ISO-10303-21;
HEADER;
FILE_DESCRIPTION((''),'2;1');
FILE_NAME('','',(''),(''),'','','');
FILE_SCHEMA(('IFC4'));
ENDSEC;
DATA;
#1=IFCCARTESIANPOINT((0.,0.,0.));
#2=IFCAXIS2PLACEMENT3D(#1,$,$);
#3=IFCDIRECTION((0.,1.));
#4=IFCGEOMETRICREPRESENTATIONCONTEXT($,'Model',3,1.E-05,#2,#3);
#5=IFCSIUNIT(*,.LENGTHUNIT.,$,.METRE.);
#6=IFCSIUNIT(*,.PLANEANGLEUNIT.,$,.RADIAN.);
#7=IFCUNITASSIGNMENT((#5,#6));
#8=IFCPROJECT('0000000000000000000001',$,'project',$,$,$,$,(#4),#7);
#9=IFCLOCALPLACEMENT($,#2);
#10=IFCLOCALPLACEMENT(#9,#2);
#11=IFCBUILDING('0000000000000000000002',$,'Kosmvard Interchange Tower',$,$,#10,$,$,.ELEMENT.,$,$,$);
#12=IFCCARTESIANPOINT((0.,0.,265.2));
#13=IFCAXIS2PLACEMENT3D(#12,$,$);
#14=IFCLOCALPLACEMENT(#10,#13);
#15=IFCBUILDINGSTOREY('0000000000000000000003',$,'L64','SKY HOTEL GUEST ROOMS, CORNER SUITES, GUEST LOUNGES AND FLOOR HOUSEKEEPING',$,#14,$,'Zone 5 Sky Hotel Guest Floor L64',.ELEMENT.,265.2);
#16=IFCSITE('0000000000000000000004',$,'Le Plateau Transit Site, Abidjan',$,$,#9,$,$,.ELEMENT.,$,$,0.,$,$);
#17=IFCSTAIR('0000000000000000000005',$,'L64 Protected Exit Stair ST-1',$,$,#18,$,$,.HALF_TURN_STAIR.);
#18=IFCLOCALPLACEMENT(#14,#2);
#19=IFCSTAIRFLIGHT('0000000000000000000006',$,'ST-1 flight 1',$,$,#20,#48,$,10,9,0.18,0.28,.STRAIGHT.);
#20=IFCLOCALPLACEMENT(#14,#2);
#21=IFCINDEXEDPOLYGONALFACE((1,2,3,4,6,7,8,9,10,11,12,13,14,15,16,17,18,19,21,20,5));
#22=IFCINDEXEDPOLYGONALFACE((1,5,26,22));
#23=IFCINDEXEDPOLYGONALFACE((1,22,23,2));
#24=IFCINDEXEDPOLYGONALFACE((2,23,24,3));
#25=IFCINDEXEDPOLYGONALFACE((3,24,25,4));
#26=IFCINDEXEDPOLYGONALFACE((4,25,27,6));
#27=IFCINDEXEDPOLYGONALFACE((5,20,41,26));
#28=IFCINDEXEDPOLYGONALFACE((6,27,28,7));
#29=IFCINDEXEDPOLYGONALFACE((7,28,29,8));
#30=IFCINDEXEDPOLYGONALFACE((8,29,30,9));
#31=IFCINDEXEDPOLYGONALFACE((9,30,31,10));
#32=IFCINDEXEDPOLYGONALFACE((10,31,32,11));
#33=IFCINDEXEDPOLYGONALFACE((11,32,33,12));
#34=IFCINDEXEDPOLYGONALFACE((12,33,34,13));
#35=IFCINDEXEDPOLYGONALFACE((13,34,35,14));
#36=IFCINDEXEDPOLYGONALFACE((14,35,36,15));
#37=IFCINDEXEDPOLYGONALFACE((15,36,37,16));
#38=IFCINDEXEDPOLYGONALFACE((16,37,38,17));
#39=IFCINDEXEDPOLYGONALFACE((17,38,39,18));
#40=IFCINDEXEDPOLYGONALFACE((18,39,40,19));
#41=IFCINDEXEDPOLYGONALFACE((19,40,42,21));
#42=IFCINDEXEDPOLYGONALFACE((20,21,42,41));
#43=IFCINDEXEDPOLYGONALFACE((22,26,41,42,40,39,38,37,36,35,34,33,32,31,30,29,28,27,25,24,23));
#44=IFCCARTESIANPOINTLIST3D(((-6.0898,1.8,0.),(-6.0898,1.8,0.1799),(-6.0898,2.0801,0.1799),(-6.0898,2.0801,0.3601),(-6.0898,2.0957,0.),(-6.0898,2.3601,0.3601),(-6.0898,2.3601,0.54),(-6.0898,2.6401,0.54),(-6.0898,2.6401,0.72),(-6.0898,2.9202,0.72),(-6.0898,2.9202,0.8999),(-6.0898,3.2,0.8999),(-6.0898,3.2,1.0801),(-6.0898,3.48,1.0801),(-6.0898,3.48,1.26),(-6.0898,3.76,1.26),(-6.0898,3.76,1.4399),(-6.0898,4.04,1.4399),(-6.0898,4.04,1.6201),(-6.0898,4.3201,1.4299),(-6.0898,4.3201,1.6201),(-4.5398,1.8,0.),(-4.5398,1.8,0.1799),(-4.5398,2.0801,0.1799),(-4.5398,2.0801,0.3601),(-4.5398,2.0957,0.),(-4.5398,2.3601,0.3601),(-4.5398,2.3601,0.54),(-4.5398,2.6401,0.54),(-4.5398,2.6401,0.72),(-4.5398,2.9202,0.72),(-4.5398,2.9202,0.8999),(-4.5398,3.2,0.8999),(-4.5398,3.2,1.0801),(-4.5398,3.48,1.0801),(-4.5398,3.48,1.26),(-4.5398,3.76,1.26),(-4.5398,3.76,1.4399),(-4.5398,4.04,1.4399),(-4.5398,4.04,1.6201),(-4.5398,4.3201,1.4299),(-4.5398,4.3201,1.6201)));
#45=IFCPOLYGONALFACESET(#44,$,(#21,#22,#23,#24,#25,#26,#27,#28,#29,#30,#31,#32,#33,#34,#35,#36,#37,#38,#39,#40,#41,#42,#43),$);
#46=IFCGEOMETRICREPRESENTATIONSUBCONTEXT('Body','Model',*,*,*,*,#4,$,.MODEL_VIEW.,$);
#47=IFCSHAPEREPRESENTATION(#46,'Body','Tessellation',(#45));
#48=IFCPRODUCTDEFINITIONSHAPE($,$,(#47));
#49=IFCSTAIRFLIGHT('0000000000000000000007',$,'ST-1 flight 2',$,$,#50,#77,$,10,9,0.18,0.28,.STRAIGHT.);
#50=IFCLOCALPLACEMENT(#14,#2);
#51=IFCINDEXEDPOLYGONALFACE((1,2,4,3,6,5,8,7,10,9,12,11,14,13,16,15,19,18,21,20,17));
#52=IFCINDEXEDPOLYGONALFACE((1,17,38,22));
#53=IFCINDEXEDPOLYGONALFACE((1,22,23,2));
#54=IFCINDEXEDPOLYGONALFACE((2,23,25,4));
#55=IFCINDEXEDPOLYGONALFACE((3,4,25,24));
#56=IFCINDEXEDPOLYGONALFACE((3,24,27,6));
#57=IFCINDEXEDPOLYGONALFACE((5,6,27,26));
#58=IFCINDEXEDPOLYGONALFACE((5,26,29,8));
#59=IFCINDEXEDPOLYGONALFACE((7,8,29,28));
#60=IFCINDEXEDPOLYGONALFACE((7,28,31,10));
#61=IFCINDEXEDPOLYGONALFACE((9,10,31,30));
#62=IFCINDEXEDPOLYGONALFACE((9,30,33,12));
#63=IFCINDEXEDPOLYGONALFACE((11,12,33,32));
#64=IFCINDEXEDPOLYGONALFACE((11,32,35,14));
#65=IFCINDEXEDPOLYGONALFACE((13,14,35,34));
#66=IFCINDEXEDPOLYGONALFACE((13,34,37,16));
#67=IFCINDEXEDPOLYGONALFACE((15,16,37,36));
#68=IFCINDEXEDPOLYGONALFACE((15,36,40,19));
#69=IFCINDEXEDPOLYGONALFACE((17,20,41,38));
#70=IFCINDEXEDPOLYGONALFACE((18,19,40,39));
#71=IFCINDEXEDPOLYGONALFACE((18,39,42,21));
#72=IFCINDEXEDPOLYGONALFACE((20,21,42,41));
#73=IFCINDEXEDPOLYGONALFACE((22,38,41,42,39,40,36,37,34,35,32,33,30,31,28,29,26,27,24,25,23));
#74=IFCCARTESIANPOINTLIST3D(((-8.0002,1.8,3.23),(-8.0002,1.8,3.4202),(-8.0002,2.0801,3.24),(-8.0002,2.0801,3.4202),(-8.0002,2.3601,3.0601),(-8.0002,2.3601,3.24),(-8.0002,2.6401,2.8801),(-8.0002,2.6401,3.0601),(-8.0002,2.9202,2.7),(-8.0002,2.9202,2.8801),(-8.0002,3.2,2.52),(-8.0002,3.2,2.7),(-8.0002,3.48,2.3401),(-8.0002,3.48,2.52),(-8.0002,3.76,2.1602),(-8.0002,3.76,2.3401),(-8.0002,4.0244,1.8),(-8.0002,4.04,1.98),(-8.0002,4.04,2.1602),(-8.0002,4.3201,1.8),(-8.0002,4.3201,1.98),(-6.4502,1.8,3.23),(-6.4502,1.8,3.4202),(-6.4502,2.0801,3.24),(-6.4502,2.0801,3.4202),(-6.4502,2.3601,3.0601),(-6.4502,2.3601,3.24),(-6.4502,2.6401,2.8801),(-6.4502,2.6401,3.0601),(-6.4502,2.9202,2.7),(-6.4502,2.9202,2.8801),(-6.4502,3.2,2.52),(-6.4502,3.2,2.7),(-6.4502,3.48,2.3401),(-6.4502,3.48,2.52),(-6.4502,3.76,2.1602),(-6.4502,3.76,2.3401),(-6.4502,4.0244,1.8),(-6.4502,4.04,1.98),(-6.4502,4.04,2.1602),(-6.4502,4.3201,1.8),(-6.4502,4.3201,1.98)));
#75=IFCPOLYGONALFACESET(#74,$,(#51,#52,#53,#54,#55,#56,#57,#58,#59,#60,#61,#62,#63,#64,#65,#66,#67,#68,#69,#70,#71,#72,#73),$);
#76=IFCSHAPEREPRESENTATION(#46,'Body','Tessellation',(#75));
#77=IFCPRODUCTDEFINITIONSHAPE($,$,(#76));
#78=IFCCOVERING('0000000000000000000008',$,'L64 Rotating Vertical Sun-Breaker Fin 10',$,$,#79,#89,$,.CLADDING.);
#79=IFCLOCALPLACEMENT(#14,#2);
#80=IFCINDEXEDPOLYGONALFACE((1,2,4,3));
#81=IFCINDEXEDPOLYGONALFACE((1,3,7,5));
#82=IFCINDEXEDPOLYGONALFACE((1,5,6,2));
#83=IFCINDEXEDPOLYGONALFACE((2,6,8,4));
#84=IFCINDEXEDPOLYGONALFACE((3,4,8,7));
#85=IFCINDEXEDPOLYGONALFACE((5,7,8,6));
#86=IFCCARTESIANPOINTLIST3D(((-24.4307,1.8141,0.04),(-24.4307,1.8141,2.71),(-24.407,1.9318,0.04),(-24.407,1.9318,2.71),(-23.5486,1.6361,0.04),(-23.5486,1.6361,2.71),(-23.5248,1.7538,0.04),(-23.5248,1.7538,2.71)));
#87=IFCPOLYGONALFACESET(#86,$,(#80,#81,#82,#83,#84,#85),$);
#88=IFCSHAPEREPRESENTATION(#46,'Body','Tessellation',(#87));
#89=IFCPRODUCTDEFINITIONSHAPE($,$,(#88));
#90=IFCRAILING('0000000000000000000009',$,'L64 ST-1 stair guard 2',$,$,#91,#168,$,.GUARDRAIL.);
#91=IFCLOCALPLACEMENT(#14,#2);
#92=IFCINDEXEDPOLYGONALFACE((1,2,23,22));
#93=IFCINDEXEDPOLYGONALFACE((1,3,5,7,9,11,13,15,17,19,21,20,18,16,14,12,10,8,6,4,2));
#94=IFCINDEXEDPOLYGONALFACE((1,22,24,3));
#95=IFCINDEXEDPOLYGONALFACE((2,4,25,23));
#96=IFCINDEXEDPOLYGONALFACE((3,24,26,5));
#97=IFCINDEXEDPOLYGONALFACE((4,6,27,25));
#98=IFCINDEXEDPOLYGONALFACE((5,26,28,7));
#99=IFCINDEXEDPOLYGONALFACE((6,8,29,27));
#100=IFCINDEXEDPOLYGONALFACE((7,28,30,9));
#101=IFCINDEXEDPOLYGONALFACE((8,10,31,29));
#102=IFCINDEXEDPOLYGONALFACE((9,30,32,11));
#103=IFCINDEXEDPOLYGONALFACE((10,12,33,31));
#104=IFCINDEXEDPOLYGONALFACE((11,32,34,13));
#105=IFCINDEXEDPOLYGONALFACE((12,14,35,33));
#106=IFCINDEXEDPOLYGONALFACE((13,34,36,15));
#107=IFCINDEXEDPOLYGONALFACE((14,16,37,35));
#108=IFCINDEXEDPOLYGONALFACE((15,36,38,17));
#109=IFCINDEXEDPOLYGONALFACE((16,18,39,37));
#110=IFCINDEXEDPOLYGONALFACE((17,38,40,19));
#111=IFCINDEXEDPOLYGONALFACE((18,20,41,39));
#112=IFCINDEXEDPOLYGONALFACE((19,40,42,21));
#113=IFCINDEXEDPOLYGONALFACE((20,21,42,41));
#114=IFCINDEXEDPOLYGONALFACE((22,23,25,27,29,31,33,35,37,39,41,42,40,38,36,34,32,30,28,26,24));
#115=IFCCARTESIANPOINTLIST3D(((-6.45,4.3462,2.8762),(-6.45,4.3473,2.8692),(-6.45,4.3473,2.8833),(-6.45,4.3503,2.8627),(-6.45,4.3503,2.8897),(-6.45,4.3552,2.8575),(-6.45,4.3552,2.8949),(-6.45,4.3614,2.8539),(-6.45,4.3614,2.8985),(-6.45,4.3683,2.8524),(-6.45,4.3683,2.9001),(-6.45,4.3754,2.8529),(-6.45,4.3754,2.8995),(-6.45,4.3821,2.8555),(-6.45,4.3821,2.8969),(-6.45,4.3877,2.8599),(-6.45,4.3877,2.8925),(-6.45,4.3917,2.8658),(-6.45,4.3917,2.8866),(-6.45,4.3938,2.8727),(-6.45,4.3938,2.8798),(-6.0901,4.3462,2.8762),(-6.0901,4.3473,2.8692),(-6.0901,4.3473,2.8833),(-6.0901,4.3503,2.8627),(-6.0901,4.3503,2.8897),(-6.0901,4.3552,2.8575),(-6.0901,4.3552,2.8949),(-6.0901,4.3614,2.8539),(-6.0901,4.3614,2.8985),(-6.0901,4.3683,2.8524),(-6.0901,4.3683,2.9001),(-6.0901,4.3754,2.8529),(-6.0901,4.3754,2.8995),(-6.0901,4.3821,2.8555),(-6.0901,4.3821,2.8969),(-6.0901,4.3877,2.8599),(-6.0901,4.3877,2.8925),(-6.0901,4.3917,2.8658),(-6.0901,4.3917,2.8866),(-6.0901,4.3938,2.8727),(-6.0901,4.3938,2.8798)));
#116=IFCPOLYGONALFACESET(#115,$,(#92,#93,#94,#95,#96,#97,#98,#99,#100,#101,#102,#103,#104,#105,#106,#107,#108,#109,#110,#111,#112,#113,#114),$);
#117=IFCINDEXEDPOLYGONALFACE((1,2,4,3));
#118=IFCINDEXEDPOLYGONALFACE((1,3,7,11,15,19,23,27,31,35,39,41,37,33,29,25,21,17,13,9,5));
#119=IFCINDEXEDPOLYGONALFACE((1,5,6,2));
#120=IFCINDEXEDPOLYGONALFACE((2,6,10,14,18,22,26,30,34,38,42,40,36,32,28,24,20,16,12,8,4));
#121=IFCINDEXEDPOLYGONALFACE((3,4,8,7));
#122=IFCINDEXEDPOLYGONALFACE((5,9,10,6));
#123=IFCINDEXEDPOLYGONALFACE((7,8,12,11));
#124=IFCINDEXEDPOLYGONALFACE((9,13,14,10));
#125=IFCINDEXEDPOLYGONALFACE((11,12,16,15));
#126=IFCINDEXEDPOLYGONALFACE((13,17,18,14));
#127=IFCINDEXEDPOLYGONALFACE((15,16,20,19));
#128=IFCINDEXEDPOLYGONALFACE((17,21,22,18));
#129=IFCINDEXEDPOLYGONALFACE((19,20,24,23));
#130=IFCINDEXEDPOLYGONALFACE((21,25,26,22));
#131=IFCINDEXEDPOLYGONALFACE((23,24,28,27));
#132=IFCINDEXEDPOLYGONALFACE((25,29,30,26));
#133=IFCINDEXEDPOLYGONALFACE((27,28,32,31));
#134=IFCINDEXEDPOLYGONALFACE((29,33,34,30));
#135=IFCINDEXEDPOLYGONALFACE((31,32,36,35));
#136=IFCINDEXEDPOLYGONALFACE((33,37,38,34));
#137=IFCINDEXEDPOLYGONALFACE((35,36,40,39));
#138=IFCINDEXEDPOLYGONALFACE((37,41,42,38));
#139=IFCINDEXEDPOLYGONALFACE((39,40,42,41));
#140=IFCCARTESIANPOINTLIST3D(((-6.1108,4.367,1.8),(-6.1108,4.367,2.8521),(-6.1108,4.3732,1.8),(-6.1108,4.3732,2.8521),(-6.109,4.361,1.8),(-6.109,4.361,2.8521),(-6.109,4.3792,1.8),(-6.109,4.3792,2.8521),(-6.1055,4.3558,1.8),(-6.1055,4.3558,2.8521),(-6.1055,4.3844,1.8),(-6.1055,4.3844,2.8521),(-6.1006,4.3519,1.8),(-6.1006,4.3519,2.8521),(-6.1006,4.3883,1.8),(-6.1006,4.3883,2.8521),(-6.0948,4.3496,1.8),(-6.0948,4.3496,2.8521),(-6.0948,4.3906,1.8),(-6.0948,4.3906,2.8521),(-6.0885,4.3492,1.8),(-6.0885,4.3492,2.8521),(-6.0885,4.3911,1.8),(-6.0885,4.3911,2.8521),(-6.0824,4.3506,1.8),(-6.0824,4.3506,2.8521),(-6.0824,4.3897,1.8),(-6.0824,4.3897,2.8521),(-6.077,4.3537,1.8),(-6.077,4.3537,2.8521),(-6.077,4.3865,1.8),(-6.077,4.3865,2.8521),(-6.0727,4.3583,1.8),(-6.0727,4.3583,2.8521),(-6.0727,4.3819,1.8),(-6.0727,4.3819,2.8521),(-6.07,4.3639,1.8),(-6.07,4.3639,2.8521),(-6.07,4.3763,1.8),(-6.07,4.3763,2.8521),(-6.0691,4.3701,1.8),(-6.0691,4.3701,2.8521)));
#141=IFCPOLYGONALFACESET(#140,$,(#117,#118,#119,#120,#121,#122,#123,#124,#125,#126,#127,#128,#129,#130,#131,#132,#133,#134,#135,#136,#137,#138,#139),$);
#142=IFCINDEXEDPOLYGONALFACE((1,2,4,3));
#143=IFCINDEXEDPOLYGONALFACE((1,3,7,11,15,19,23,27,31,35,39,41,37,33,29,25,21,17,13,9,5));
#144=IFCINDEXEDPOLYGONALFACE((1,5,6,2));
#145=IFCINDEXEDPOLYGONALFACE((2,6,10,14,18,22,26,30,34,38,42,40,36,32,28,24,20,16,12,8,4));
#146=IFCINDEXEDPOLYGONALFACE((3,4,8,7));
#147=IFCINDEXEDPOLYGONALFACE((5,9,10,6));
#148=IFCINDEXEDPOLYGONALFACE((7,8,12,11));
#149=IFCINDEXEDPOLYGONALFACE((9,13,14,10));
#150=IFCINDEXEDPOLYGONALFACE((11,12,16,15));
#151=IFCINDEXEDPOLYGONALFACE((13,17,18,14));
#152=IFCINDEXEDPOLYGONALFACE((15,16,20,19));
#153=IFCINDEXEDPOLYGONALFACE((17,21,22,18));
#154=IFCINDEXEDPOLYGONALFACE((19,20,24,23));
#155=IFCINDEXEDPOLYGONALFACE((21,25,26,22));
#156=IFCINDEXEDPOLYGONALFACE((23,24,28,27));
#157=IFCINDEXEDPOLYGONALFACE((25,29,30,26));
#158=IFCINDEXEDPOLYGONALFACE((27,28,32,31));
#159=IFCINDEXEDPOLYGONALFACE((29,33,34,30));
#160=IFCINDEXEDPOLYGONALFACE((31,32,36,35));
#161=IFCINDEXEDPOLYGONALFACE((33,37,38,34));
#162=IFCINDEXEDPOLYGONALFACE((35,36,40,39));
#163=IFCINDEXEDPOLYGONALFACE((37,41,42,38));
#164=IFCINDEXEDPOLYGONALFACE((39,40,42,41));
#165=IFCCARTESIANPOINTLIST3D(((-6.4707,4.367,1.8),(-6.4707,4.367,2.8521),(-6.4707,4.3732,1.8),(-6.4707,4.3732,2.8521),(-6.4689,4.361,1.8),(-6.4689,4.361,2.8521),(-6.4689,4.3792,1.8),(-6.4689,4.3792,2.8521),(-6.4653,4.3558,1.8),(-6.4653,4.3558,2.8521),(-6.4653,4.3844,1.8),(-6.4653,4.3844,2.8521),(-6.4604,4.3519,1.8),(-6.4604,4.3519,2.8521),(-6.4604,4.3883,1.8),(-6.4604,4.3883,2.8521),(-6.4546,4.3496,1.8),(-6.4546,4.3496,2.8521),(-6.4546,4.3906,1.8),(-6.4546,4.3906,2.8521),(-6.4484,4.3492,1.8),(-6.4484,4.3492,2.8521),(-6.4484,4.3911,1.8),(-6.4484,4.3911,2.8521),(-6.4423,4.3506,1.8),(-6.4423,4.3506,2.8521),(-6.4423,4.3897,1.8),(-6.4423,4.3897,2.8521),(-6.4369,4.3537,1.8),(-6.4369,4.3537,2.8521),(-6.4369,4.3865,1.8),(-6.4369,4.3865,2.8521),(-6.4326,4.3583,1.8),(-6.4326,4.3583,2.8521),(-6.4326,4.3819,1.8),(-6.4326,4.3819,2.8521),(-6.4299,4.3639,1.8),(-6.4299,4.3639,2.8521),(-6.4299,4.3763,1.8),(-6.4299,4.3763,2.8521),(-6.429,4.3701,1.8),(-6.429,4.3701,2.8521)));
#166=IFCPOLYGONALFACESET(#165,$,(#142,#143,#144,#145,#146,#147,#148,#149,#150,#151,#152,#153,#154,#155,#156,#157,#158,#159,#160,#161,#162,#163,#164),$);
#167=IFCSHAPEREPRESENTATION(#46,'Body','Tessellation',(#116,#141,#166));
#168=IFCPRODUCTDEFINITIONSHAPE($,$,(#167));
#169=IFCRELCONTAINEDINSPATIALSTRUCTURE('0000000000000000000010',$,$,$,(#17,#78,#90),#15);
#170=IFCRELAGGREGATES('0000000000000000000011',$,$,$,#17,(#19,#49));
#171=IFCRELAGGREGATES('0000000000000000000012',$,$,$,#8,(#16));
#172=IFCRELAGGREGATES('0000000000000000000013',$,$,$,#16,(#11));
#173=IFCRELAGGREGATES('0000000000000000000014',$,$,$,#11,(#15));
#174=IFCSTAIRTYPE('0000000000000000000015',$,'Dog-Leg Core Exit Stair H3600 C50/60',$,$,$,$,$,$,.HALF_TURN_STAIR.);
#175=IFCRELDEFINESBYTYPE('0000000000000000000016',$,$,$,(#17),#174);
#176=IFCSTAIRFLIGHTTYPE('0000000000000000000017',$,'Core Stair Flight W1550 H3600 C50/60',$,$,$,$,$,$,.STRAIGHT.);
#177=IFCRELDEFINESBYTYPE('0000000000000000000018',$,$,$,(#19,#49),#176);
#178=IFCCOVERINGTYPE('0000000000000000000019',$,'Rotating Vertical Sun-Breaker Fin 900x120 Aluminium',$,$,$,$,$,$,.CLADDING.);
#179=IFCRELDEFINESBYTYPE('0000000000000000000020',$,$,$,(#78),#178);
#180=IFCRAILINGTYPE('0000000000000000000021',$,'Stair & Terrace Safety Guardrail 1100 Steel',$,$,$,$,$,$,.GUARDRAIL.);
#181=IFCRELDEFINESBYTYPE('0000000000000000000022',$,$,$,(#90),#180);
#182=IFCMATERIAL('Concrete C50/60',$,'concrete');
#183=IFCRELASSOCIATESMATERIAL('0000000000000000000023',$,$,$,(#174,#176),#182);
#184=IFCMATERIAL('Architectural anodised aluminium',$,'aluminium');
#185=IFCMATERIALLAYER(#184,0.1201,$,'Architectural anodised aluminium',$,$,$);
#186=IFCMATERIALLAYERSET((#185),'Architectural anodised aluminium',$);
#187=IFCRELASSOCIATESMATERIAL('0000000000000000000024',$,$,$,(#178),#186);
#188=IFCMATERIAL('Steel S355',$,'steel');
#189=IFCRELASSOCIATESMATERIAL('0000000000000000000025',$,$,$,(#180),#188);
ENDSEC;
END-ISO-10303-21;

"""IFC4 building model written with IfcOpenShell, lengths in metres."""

from ifc_helpers import new_model, si_unit, direction, frame, origin, origin_2d, place, context, subcontext, project, spatial, polyline, rectangle, circle, outline, extrude, source, transform, mapped, material, layer, layer_set, type_object, element, aggregate, save


model = new_model("IFC4")

# Units and contexts
model_context = context("Model", 3, precision=1e-05, world=origin(), true_north=direction((0.0, 1.0)))
body_context = subcontext(model_context, "Body", "Model", "MODEL_VIEW")
ifc_project = project(units=[si_unit("LENGTHUNIT", "METRE"), si_unit("PLANEANGLEUNIT", "RADIAN")], contexts=[model_context])

# Site, building, storey
site_placement = place(None, origin())
site = spatial("IfcSite", under=ifc_project, at=site_placement, Name="Le Plateau Transit Site, Abidjan", CompositionType="ELEMENT", RefElevation=0.0)
building_placement = place(site_placement, origin())
building = spatial("IfcBuilding", under=site, at=building_placement, Name="Kosmvard Interchange Tower", CompositionType="ELEMENT")
storey_placement = place(building_placement, frame((0.0, 0.0, 265.2)))
storey = spatial("IfcBuildingStorey", under=building, at=storey_placement, Name="L64", Description="SKY HOTEL GUEST ROOMS, CORNER SUITES, GUEST LOUNGES AND FLOOR HOUSEKEEPING", LongName="Zone 5 Sky Hotel Guest Floor L64", CompositionType="ELEMENT", Elevation=265.2)

# Shared definitions
ifc_material_1 = material(Name="Concrete C50/60", Category="concrete")

# Shared definitions
ifc_material_2 = material(Name="Steel S355", Category="steel")

# Stair, stair flights
stair_type = type_object("IfcStairType", Name="Dog-Leg Core Exit Stair H3600 C50/60", PredefinedType="HALF_TURN_STAIR", material=ifc_material_1)
stair_placement = place(storey_placement, origin())
stair = element("IfcStair", 1, at=stair_placement, inside=storey, type_object=stair_type, Name="L64 Protected Exit Stair ST-1", PredefinedType="HALF_TURN_STAIR")
stair_flight_type = type_object("IfcStairFlightType", Name="Core Stair Flight W1550 H3600 C50/60", PredefinedType="STRAIGHT", material=ifc_material_1)
shared_shape_1 = source(origin(), body_context, "Body", "SweptSolid", [
    extrude(outline(polyline([(0.0, 0.0), (0.0, 0.1799), (0.28, 0.1799), (0.28, 0.3601), (0.5601, 0.3601), (0.5601, 0.54), (0.8401, 0.54), (0.8401, 0.72), (1.1201, 0.72), (1.1201, 0.8999), (1.3999, 0.8999), (1.3999, 1.0801), (1.6799, 1.0801), (1.6799, 1.26), (1.96, 1.26), (1.96, 1.4399), (2.24, 1.4399), (2.24, 1.6201), (2.52, 1.6201), (2.52, 1.8), (2.52, 1.4299), (0.2957, 0.0), (0.0, 0.0)])), frame((0.0, 0.7749, 0.0), z_axis=(0.0, -1.0, 0.0), x_axis=(1.0, 0.0, 0.0)), (0.0, 0.0, 1.0), 1.55),
])
stair_flight_1_placement = place(storey_placement, frame((-5.3149, 1.8, 0.0), z_axis=(0.0, 0.0, 1.0), x_axis=(0.0, 1.0, 0.0)))
stair_flight_1 = element("IfcStairFlight", 2, at=stair_flight_1_placement, type_object=stair_flight_type, Name="ST-1 flight 1", NumberOfRisers=10, NumberOfTreads=9, PredefinedType="STRAIGHT", RiserHeight=0.18, TreadLength=0.28, context=body_context, shape_type="MappedRepresentation", body=[
    mapped(shared_shape_1, transform((0.0, 0.0, 0.0), scale=1.0)),
])
stair_flight_2_placement = place(storey_placement, frame((-7.2251, 4.3201, 1.8), z_axis=(0.0, 0.0, 1.0), x_axis=(0.0, -1.0, 0.0)))
stair_flight_2 = element("IfcStairFlight", 3, at=stair_flight_2_placement, type_object=stair_flight_type, Name="ST-1 flight 2", NumberOfRisers=10, NumberOfTreads=9, PredefinedType="STRAIGHT", RiserHeight=0.18, TreadLength=0.28, context=body_context, shape_type="MappedRepresentation", body=[
    mapped(shared_shape_1, transform((0.0, 0.0, 0.0), scale=1.0)),
])
aggregate(stair, [stair_flight_1, stair_flight_2])

# Covering
ifc_material_3 = material(Name="Architectural anodised aluminium", Category="aluminium")
ifc_layer_1 = layer(ifc_material_3, 0.1201, Name="Architectural anodised aluminium")
ifc_layer_set_1 = layer_set([ifc_layer_1], Name="Architectural anodised aluminium")
covering_type = type_object("IfcCoveringType", Name="Rotating Vertical Sun-Breaker Fin 900x120 Aluminium", PredefinedType="CLADDING", material=ifc_layer_set_1)
shared_shape_2 = source(origin(), body_context, "Body", "SweptSolid", [
    extrude(rectangle(XDim=0.8999, YDim=0.1201, at=origin_2d()), origin(), (0.0, 0.0, 1.0), 2.6699),
])
covering_placement = place(storey_placement, frame((-23.9778, 1.7839, 0.04), z_axis=(0.0, 0.0, 1.0), x_axis=(-0.980237, 0.197828, 0.0)))
element("IfcCovering", 4, at=covering_placement, inside=storey, type_object=covering_type, Name="L64 Rotating Vertical Sun-Breaker Fin 10", PredefinedType="CLADDING", context=body_context, shape_type="MappedRepresentation", body=[
    mapped(shared_shape_2, transform((0.0, 0.0, 0.0), scale=1.0)),
])

# Railing
railing_type_1 = type_object("IfcRailingType", Name="Stair & Terrace Safety Guardrail 1100 Steel", PredefinedType="GUARDRAIL", material=ifc_material_2)
shared_shape_3 = source(origin(), body_context, "Body", "SweptSolid", [
    extrude(circle(Radius=0.0239, at=origin_2d()), frame((0.0, 0.0, 1.0762), z_axis=(-1.0, 0.0, 0.0), x_axis=(0.0, -1.0, 0.0)), (0.0, 0.0, 1.0), 0.3599),
    extrude(circle(Radius=0.021, at=origin_2d()), origin(), (0.0, 0.0, 1.0), 1.052),
    extrude(circle(Radius=0.021, at=origin_2d()), frame((-0.3599, 0.0, 0.0)), (0.0, 0.0, 1.0), 1.052),
])
for number, where, name in (
    (5, (-6.0901, 4.3701, 1.8), "L64 ST-1 stair guard 2"),
):
    element("IfcRailing", number, at=place(storey_placement, frame(where)), inside=storey, type_object=railing_type_1, Name=name, PredefinedType="GUARDRAIL", context=body_context, shape_type="MappedRepresentation", body=[
        mapped(shared_shape_3, transform((0.0, 0.0, 0.0), scale=1.0)),
    ])

save(model, "model.ifc")
